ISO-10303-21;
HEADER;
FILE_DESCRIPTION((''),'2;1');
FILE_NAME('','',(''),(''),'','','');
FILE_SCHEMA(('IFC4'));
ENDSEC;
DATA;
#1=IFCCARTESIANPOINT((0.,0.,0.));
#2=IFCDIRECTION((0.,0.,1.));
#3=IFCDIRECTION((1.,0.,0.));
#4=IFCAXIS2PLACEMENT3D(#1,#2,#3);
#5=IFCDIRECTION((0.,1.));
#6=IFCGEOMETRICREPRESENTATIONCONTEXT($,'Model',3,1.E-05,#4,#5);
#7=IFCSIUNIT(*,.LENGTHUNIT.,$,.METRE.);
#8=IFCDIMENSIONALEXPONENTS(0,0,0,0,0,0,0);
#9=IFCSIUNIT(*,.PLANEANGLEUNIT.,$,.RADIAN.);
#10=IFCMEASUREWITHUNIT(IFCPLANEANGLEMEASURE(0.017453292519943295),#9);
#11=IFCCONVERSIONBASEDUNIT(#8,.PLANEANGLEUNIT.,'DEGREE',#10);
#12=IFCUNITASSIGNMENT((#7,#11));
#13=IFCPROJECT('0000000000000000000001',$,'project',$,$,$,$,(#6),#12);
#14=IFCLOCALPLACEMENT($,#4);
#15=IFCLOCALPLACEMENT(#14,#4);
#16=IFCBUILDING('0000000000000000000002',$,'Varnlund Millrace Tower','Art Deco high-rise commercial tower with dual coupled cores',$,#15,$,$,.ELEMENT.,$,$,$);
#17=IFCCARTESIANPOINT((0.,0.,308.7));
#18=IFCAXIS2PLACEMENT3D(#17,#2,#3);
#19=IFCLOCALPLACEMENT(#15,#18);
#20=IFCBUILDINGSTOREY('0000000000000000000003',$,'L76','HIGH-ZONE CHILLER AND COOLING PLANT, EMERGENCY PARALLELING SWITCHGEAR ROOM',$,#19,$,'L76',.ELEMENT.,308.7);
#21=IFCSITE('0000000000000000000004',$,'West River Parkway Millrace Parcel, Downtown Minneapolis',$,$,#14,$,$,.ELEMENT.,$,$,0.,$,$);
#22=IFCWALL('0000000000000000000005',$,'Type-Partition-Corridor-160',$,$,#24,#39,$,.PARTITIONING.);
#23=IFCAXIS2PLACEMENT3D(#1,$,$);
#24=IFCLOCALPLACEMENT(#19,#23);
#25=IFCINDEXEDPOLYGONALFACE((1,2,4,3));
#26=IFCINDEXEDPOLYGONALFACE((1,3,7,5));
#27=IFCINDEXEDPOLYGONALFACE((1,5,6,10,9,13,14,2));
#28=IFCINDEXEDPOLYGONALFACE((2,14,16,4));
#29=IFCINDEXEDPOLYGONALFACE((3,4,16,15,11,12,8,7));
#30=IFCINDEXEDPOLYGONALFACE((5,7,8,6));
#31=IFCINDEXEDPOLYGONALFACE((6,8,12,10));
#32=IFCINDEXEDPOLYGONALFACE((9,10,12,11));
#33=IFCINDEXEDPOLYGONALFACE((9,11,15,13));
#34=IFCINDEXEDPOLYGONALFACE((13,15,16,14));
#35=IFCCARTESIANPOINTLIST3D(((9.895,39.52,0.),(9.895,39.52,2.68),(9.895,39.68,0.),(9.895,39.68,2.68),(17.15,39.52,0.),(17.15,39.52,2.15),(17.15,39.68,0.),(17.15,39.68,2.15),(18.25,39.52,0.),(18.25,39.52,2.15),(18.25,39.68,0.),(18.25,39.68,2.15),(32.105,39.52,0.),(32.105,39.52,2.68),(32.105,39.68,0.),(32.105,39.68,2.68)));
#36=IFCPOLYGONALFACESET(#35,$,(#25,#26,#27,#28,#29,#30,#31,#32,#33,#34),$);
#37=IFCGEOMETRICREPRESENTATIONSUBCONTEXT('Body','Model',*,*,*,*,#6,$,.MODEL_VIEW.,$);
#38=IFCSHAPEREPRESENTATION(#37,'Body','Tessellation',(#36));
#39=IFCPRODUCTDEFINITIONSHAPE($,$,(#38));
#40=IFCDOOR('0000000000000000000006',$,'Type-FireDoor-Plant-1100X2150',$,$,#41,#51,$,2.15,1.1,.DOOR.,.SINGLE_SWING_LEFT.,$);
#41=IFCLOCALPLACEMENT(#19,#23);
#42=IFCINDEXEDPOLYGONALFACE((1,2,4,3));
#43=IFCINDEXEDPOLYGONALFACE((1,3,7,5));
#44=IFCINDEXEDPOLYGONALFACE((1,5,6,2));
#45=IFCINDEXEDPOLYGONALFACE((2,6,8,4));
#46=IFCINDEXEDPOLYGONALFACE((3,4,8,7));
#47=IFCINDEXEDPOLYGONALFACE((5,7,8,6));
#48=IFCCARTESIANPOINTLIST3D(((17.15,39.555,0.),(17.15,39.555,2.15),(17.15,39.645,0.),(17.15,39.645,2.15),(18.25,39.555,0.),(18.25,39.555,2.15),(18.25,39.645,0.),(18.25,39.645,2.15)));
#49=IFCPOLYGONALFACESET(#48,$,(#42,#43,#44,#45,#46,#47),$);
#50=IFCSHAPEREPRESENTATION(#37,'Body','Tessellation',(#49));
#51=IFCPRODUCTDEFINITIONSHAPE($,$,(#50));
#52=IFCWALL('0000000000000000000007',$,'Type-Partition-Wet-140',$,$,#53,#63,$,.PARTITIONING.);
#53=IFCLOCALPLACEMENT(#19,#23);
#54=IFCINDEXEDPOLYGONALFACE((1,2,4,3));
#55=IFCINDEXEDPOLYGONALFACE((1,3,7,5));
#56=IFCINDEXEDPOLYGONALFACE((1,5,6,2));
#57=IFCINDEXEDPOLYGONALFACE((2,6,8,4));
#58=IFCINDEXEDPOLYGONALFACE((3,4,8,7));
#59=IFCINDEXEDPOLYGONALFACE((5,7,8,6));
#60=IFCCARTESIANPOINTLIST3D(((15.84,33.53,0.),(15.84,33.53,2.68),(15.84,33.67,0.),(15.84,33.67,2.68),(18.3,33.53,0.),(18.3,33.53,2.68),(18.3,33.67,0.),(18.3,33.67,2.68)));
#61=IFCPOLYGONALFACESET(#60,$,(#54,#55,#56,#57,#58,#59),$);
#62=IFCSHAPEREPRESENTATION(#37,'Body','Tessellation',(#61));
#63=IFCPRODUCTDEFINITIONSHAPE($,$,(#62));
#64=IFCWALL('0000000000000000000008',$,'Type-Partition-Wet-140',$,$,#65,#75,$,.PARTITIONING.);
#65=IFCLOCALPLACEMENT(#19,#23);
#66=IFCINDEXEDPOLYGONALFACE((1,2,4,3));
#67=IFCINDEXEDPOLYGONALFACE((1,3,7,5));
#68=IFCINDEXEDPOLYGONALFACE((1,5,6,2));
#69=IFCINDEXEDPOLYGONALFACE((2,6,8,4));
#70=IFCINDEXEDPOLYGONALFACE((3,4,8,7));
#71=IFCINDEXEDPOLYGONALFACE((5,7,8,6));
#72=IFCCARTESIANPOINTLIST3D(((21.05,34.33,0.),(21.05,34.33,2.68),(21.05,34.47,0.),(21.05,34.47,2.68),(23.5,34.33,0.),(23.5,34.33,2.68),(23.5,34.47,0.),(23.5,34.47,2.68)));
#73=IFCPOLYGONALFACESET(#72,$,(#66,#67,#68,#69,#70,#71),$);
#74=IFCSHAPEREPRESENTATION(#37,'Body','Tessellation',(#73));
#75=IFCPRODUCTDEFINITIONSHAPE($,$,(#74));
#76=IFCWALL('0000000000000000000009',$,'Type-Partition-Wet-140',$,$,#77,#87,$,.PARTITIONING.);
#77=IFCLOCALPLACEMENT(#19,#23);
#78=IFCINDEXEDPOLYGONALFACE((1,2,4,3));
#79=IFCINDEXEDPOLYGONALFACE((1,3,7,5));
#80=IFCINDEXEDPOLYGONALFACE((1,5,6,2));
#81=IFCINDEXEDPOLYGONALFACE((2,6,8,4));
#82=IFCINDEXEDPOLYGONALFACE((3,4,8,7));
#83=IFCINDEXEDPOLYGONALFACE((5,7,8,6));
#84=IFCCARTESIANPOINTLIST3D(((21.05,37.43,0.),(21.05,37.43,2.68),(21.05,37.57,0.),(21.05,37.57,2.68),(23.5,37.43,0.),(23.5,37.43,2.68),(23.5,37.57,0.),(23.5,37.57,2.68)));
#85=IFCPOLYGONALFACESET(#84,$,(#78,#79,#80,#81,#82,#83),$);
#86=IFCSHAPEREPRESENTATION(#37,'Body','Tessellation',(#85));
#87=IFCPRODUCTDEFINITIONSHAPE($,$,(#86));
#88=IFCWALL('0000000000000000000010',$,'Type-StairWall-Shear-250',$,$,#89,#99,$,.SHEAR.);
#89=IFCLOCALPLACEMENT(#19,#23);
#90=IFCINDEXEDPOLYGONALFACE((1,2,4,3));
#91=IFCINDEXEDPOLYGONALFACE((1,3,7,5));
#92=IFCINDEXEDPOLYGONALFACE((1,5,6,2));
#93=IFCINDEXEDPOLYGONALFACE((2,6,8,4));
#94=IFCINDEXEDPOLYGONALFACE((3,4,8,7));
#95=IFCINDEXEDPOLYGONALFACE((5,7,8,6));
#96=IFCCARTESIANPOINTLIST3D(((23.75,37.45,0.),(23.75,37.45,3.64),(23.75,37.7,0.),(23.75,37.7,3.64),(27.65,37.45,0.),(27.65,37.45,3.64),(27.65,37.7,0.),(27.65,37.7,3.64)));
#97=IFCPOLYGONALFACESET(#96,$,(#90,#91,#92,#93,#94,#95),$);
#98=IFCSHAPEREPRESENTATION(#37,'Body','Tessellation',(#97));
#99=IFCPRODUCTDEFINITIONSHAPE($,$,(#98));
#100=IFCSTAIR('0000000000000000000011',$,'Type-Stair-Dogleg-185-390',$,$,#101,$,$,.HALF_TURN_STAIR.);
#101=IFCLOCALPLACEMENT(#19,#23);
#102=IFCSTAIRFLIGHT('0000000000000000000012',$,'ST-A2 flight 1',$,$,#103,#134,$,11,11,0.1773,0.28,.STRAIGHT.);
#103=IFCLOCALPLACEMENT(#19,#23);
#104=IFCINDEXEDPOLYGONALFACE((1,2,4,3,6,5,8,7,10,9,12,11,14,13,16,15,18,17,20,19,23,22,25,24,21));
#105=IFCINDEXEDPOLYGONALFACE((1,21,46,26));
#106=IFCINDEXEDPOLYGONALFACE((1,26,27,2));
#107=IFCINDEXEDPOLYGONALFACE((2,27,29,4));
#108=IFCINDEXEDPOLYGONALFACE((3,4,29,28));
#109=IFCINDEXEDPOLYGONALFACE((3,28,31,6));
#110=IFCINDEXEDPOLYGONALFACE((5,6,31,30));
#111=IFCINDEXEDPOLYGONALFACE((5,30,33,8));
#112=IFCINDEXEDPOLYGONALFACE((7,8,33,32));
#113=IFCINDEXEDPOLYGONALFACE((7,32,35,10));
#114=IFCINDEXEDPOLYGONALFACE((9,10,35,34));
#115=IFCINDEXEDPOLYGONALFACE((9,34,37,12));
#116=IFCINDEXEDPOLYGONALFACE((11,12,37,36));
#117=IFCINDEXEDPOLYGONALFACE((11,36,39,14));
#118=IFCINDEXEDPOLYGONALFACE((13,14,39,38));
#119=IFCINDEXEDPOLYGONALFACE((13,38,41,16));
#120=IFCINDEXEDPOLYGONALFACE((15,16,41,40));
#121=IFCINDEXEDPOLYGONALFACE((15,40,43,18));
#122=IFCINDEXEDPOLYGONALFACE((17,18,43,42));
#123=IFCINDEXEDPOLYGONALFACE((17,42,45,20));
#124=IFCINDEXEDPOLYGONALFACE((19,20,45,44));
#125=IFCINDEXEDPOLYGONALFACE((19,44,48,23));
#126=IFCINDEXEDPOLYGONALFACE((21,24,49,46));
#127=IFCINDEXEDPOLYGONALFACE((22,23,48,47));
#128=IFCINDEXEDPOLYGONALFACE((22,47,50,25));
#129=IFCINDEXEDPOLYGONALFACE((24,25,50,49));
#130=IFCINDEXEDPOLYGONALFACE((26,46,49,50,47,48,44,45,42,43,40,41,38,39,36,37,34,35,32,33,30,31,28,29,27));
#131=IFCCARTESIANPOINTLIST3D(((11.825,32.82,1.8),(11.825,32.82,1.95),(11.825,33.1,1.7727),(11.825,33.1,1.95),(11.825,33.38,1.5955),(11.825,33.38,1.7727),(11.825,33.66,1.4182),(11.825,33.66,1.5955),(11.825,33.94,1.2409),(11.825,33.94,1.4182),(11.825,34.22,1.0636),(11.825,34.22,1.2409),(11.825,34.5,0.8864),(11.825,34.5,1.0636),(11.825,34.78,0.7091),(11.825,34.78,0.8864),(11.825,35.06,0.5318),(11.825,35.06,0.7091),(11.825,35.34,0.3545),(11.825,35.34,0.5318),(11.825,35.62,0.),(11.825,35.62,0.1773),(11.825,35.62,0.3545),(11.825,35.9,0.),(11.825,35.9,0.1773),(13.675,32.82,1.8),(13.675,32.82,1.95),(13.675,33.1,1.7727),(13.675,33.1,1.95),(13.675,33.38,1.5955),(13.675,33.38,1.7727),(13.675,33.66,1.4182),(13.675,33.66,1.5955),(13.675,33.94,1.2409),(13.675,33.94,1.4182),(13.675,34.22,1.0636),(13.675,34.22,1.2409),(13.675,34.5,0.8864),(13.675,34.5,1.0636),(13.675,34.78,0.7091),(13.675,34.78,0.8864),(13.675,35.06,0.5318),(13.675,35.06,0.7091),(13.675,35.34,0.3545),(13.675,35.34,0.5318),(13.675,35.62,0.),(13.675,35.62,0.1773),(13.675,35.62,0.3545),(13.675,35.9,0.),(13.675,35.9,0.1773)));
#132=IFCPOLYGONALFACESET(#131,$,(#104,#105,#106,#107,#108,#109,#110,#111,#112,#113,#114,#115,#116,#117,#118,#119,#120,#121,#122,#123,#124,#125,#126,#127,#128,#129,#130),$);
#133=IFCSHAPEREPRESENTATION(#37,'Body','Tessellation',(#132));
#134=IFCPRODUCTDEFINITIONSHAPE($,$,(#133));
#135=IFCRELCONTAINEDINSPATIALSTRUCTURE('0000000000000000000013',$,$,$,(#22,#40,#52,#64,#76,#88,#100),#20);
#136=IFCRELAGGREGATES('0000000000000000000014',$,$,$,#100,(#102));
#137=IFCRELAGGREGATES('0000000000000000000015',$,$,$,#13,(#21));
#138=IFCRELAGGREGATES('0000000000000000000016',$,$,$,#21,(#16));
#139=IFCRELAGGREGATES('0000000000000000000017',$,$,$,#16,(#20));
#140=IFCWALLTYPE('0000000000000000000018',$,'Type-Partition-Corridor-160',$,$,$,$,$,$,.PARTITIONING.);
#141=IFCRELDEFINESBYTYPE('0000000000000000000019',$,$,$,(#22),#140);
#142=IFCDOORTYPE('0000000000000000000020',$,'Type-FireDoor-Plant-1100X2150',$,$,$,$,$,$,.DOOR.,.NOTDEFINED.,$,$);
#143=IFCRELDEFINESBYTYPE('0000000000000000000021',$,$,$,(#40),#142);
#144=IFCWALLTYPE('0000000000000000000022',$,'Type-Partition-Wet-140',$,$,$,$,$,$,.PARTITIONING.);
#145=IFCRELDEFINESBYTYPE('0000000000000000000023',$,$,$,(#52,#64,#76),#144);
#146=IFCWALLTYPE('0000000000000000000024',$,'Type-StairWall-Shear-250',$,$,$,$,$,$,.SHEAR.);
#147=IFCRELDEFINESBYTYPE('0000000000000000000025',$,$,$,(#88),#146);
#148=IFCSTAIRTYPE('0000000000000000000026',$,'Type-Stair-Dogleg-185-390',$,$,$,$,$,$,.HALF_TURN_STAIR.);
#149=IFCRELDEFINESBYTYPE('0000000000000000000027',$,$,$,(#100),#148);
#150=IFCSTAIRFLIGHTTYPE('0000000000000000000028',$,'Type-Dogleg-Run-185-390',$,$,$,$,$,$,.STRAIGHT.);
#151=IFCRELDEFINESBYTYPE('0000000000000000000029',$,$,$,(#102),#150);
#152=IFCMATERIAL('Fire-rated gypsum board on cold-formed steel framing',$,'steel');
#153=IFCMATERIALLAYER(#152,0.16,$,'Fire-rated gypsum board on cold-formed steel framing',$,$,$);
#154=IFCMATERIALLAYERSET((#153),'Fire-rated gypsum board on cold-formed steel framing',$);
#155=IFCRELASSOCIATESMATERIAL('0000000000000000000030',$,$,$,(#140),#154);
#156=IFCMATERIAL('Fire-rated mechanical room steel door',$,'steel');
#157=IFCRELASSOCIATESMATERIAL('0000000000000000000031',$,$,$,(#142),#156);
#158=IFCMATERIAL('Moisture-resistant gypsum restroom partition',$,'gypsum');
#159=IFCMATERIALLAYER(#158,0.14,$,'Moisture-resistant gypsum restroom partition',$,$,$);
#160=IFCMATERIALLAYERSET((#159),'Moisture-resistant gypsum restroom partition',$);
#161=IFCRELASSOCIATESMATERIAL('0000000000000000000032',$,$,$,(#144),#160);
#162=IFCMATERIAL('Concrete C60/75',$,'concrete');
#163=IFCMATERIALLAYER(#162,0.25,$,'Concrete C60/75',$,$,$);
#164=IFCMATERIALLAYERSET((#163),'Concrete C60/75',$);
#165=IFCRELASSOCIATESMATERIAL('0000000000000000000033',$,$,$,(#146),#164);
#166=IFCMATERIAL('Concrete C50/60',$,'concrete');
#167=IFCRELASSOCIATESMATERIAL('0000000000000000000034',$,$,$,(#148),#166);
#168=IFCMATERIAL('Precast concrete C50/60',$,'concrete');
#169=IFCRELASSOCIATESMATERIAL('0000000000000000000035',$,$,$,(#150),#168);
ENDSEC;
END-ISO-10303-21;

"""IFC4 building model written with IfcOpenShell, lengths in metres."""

from ifc_helpers import new_model, entity, si_unit, converted_unit, direction, frame, origin_with_axes, origin_2d_with_axis, place, context, subcontext, project, spatial, polyline, rectangle, outline, extrude, material, layer, layer_set, type_object, element, fill, aggregate, save


model = new_model("IFC4")

# Units and contexts
model_context = context("Model", 3, precision=1e-05, world=origin_with_axes(), true_north=direction((0.0, 1.0)))
body_context = subcontext(model_context, "Body", "Model", "MODEL_VIEW")
ifc_project = project(units=[si_unit("LENGTHUNIT", "METRE"), converted_unit("PLANEANGLEUNIT", "DEGREE", entity("IfcPlaneAngleMeasure", 0.017453292519943295), si_unit("PLANEANGLEUNIT", "RADIAN"), dimensions=[0, 0, 0, 0, 0, 0, 0])], contexts=[model_context])

# Site, building, storey
site_placement = place(None, origin_with_axes())
site = spatial("IfcSite", under=ifc_project, at=site_placement, Name="West River Parkway Millrace Parcel, Downtown Minneapolis", CompositionType="ELEMENT", RefElevation=0.0)
building_placement = place(site_placement, origin_with_axes())
building = spatial("IfcBuilding", under=site, at=building_placement, Name="Varnlund Millrace Tower", Description="Art Deco high-rise commercial tower with dual coupled cores", CompositionType="ELEMENT")
storey_placement = place(building_placement, frame((0.0, 0.0, 308.7), z_axis=(0.0, 0.0, 1.0), x_axis=(1.0, 0.0, 0.0)))
storey = spatial("IfcBuildingStorey", under=building, at=storey_placement, Name="L76", Description="HIGH-ZONE CHILLER AND COOLING PLANT, EMERGENCY PARALLELING SWITCHGEAR ROOM", LongName="L76", CompositionType="ELEMENT", Elevation=308.7)

# Shared definitions
ifc_material_1 = material(Name="Precast concrete C50/60", Category="concrete")

# Wall, opening, door
ifc_material_2 = material(Name="Fire-rated gypsum board on cold-formed steel framing", Category="steel")
ifc_layer_1 = layer(ifc_material_2, 0.16, Name="Fire-rated gypsum board on cold-formed steel framing")
ifc_layer_set_1 = layer_set([ifc_layer_1], Name="Fire-rated gypsum board on cold-formed steel framing")
wall_type_1 = type_object("IfcWallType", Name="Type-Partition-Corridor-160", PredefinedType="PARTITIONING", material=ifc_layer_set_1)
wall_1_placement = place(storey_placement, frame((9.895, 39.6, 0.0), z_axis=(0.0, 0.0, 1.0), x_axis=(1.0, 0.0, 0.0)))
wall_1 = element("IfcWall", 1, at=wall_1_placement, inside=storey, type_object=wall_type_1, Name="Type-Partition-Corridor-160", PredefinedType="PARTITIONING", context=body_context, shape_type="SweptSolid", body=[
    extrude(outline(polyline([(0.0, -0.08), (22.21, -0.08), (22.21, 0.08), (0.0, 0.08), (0.0, -0.08)])), origin_with_axes(), (0.0, 0.0, 1.0), 2.68),
])
opening_1_placement = place(wall_1_placement, frame((7.805, 0.0, 0.0), z_axis=(0.0, 0.0, 1.0), x_axis=(1.0, 0.0, 0.0)))
opening_1 = element("IfcOpeningElement", 2, at=opening_1_placement, cuts=wall_1, PredefinedType="OPENING", context=body_context, shape_type="SweptSolid", body=[
    extrude(rectangle(XDim=1.1, YDim=0.18, at=origin_2d_with_axis()), origin_with_axes(), (0.0, 0.0, 1.0), 2.15),
])
ifc_material_3 = material(Name="Fire-rated mechanical room steel door", Category="steel")
door_type_1 = type_object("IfcDoorType", Name="Type-FireDoor-Plant-1100X2150", OperationType="NOTDEFINED", PredefinedType="DOOR", material=ifc_material_3)
door_1_placement = place(wall_1_placement, frame((7.805, 0.0, 0.0), z_axis=(0.0, 0.0, 1.0), x_axis=(1.0, 0.0, 0.0)))
door_1 = element("IfcDoor", 3, at=door_1_placement, inside=storey, type_object=door_type_1, Name="Type-FireDoor-Plant-1100X2150", OperationType="SINGLE_SWING_LEFT", OverallHeight=2.15, OverallWidth=1.1, PredefinedType="DOOR", context=body_context, shape_type="SweptSolid", body=[
    extrude(rectangle(XDim=1.1, YDim=0.09, at=origin_2d_with_axis()), origin_with_axes(), (0.0, 0.0, 1.0), 2.15),
])
fill(opening_1, door_1)

# Walls
ifc_material_4 = material(Name="Moisture-resistant gypsum restroom partition", Category="gypsum")
ifc_layer_2 = layer(ifc_material_4, 0.14, Name="Moisture-resistant gypsum restroom partition")
ifc_layer_set_2 = layer_set([ifc_layer_2], Name="Moisture-resistant gypsum restroom partition")
wall_type_2 = type_object("IfcWallType", Name="Type-Partition-Wet-140", PredefinedType="PARTITIONING", material=ifc_layer_set_2)
wall_2_placement = place(storey_placement, frame((15.84, 33.6, 0.0), z_axis=(0.0, 0.0, 1.0), x_axis=(1.0, 0.0, 0.0)))
element("IfcWall", 4, at=wall_2_placement, inside=storey, type_object=wall_type_2, Name="Type-Partition-Wet-140", PredefinedType="PARTITIONING", context=body_context, shape_type="SweptSolid", body=[
    extrude(outline(polyline([(0.0, -0.07), (2.46, -0.07), (2.46, 0.07), (0.0, 0.07), (0.0, -0.07)])), origin_with_axes(), (0.0, 0.0, 1.0), 2.68),
])
for number, where, z_axis, x_axis, name in (
    (5, (21.05, 34.4, 0.0), (0.0, 0.0, 1.0), (1.0, 0.0, 0.0), "Type-Partition-Wet-140"),
    (6, (21.05, 37.5, 0.0), (0.0, 0.0, 1.0), (1.0, 0.0, 0.0), "Type-Partition-Wet-140"),
):
    element("IfcWall", number, at=place(storey_placement, frame(where, z_axis=z_axis, x_axis=x_axis)), inside=storey, type_object=wall_type_2, Name=name, PredefinedType="PARTITIONING", context=body_context, shape_type="SweptSolid", body=[
        extrude(outline(polyline([(0.0, -0.07), (2.45, -0.07), (2.45, 0.07), (0.0, 0.07), (0.0, -0.07)])), origin_with_axes(), (0.0, 0.0, 1.0), 2.68),
    ])
ifc_material_5 = material(Name="Concrete C60/75", Category="concrete")
ifc_layer_3 = layer(ifc_material_5, 0.25, Name="Concrete C60/75")
ifc_layer_set_3 = layer_set([ifc_layer_3], Name="Concrete C60/75")
wall_type_3 = type_object("IfcWallType", Name="Type-StairWall-Shear-250", PredefinedType="SHEAR", material=ifc_layer_set_3)
wall_3_placement = place(storey_placement, frame((23.75, 37.575, 0.0), z_axis=(0.0, 0.0, 1.0), x_axis=(1.0, 0.0, 0.0)))
element("IfcWall", 7, at=wall_3_placement, inside=storey, type_object=wall_type_3, Name="Type-StairWall-Shear-250", PredefinedType="SHEAR", context=body_context, shape_type="SweptSolid", body=[
    extrude(outline(polyline([(0.0, -0.125), (3.9, -0.125), (3.9, 0.125), (0.0, 0.125), (0.0, -0.125)])), origin_with_axes(), (0.0, 0.0, 1.0), 3.64),
])

# Stair, stair flight
ifc_material_6 = material(Name="Concrete C50/60", Category="concrete")
stair_type = type_object("IfcStairType", Name="Type-Stair-Dogleg-185-390", PredefinedType="HALF_TURN_STAIR", material=ifc_material_6)
stair_placement = place(storey_placement, origin_with_axes())
stair = element("IfcStair", 8, at=stair_placement, inside=storey, type_object=stair_type, Name="Type-Stair-Dogleg-185-390", PredefinedType="HALF_TURN_STAIR")
stair_flight_type = type_object("IfcStairFlightType", Name="Type-Dogleg-Run-185-390", PredefinedType="STRAIGHT", material=ifc_material_1)
stair_flight_placement = place(storey_placement, frame((13.675, 35.9, 0.0), z_axis=(-1.0, 0.0, 0.0), x_axis=(0.0, -1.0, 0.0)))
stair_flight = element("IfcStairFlight", 9, at=stair_flight_placement, type_object=stair_flight_type, Name="ST-A2 flight 1", NumberOfRisers=11, NumberOfTreads=11, PredefinedType="STRAIGHT", RiserHeight=0.1773, TreadLength=0.28, context=body_context, shape_type="SweptSolid", body=[
    extrude(outline(polyline([(0.0, 0.0), (0.0, 0.1773), (0.28, 0.1773), (0.28, 0.3545), (0.56, 0.3545), (0.56, 0.5318), (0.84, 0.5318), (0.84, 0.7091), (1.12, 0.7091), (1.12, 0.8864), (1.4, 0.8864), (1.4, 1.0636), (1.68, 1.0636), (1.68, 1.2409), (1.96, 1.2409), (1.96, 1.4182), (2.24, 1.4182), (2.24, 1.5955), (2.52, 1.5955), (2.52, 1.7727), (2.8, 1.7727), (2.8, 1.95), (3.08, 1.95), (3.08, 1.8), (0.28, 0.0), (0.0, 0.0)])), origin_with_axes(), (0.0, 0.0, 1.0), 1.85),
])
aggregate(stair, [stair_flight])

save(model, "model.ifc")
